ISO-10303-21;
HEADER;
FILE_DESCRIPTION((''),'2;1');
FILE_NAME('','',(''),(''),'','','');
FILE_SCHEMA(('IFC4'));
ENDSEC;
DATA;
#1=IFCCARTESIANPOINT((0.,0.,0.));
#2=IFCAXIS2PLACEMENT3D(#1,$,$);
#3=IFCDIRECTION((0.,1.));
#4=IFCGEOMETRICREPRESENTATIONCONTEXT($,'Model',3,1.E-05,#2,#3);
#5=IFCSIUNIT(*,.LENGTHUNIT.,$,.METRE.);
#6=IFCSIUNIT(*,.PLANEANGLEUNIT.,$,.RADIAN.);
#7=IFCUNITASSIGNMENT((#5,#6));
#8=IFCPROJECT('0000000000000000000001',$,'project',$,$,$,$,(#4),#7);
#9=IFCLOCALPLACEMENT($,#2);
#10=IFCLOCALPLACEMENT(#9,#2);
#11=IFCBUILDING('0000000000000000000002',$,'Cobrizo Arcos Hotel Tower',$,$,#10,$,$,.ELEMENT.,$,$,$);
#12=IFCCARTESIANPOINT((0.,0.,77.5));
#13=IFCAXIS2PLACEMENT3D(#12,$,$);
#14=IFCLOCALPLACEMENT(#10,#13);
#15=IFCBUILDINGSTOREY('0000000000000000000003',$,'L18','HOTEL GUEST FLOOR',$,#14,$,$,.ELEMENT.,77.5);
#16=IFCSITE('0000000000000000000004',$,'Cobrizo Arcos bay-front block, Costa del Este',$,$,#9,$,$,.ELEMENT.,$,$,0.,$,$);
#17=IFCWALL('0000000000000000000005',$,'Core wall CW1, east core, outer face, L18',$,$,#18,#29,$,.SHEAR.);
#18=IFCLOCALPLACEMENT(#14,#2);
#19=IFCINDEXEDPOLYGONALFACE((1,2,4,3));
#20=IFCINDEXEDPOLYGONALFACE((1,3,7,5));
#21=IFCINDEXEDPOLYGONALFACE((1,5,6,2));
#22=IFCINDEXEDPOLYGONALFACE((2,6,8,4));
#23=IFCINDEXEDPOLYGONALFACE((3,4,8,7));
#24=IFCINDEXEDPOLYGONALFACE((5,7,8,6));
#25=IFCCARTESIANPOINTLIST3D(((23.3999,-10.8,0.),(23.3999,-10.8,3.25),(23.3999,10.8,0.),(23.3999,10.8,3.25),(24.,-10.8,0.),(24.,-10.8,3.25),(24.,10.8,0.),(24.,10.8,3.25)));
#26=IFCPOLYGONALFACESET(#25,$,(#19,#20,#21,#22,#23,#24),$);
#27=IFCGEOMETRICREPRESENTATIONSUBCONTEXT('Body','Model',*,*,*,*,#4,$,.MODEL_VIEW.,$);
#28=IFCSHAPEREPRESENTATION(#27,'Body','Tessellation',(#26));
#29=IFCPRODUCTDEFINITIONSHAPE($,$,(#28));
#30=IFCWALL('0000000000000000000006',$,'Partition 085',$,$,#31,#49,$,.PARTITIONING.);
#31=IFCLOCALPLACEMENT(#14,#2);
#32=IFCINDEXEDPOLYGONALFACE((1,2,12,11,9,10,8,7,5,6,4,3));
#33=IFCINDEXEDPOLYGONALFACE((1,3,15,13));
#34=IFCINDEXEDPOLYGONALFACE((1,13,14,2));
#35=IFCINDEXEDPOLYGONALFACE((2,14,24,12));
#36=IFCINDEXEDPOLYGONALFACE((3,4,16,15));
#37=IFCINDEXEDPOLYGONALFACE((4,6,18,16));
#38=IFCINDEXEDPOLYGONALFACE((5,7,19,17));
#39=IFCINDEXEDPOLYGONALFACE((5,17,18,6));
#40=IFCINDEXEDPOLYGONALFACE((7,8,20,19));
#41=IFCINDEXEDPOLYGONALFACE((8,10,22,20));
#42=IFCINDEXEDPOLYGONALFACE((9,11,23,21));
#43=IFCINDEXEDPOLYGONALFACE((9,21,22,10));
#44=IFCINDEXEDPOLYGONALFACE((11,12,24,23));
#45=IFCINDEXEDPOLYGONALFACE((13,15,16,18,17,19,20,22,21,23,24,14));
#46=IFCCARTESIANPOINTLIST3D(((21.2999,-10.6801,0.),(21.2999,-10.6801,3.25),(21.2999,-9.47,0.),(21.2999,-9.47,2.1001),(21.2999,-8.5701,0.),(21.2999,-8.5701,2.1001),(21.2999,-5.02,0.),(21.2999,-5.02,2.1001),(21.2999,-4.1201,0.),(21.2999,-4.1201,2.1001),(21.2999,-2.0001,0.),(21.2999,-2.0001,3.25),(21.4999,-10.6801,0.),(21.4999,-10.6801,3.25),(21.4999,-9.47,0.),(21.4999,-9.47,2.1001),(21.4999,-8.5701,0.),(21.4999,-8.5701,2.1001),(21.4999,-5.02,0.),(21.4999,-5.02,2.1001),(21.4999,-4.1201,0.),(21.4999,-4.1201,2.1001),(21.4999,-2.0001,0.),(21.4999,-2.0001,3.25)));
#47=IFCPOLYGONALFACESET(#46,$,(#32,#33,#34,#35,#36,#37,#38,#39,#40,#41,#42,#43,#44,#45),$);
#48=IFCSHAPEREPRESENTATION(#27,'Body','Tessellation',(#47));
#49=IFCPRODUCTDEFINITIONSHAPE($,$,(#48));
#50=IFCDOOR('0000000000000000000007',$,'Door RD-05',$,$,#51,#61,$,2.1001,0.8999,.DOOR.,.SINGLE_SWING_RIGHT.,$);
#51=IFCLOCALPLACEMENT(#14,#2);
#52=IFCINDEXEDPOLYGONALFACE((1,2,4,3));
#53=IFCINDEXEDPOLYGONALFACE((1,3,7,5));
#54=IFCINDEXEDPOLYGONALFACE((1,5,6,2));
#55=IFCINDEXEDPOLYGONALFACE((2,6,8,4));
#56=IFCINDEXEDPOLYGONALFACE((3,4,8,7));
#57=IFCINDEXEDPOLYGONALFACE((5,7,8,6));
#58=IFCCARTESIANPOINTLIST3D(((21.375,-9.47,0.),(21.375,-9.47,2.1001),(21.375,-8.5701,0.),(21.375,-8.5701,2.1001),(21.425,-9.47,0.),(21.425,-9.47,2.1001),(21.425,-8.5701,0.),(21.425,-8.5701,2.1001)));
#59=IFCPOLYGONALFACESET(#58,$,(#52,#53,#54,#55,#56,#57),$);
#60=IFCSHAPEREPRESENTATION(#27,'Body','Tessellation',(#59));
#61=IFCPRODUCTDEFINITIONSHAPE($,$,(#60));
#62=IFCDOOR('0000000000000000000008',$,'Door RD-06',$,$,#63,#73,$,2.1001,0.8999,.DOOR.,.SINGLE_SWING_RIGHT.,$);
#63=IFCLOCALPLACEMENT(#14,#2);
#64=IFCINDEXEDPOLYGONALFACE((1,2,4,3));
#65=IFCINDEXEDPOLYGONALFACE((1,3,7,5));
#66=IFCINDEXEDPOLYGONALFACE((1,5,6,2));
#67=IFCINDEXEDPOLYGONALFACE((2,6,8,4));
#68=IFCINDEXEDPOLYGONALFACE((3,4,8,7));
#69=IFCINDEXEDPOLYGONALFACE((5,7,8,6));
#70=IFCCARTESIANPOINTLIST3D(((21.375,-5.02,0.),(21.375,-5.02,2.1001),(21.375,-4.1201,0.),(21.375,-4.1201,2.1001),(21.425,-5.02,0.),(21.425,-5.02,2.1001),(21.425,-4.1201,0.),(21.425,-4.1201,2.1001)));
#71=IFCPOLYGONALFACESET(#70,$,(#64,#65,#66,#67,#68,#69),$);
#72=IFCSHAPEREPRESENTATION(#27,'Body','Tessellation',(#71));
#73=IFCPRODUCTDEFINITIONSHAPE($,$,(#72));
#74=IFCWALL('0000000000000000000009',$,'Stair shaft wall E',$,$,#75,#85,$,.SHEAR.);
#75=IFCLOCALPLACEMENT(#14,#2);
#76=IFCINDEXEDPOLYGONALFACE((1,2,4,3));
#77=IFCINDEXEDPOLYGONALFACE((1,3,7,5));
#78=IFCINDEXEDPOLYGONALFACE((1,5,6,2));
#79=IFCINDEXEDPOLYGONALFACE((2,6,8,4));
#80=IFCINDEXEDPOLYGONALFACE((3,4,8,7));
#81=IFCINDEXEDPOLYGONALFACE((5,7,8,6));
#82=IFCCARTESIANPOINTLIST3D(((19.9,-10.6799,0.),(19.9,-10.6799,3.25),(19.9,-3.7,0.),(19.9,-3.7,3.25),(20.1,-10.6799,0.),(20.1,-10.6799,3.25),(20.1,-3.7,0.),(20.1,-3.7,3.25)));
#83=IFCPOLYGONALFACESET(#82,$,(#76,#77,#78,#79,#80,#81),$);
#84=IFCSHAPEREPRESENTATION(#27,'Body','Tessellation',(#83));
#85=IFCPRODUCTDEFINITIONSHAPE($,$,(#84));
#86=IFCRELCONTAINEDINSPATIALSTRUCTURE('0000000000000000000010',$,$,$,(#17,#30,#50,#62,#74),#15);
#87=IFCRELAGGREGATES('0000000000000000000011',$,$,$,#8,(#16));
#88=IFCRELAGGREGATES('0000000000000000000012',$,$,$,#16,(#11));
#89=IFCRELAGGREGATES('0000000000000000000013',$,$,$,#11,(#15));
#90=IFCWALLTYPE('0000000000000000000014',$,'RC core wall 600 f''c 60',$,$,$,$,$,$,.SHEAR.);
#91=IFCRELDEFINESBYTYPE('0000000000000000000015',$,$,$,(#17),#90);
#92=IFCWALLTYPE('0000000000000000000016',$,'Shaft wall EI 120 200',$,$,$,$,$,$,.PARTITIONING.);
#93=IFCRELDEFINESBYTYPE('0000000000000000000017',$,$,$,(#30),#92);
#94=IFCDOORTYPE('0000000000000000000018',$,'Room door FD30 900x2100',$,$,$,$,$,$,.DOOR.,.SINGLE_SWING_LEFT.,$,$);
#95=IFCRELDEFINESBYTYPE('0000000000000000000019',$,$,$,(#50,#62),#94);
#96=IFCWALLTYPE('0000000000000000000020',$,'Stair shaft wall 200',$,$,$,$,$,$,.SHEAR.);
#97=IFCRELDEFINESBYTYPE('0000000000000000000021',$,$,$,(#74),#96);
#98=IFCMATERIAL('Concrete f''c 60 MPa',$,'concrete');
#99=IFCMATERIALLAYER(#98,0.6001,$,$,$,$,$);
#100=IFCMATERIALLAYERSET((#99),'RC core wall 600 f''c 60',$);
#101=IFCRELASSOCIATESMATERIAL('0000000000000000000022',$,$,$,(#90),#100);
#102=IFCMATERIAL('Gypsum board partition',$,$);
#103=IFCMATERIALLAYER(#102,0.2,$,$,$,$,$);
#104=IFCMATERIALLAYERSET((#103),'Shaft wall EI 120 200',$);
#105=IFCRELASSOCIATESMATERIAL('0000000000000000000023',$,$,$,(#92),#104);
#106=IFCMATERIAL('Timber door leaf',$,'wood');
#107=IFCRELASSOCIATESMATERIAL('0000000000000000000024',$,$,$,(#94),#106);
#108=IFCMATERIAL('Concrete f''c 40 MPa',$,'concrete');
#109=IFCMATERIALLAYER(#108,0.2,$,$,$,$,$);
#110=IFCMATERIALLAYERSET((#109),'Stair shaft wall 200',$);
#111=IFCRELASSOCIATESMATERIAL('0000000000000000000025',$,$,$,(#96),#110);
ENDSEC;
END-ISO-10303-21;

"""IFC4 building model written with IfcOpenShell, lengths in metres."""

from ifc_helpers import new_model, si_unit, direction, frame, frame_2d, origin, place, context, subcontext, project, spatial, rectangle, extrude, material, layer, layer_set, type_object, element, fill, save


model = new_model("IFC4")

# Units and contexts
model_context = context("Model", 3, precision=1e-05, world=origin(), true_north=direction((0.0, 1.0)))
body_context = subcontext(model_context, "Body", "Model", "MODEL_VIEW")
ifc_project = project(units=[si_unit("LENGTHUNIT", "METRE"), si_unit("PLANEANGLEUNIT", "RADIAN")], contexts=[model_context])

# Site, building, storey
site_placement = place(None, origin())
site = spatial("IfcSite", under=ifc_project, at=site_placement, Name="Cobrizo Arcos bay-front block, Costa del Este", CompositionType="ELEMENT", RefElevation=0.0)
building_placement = place(site_placement, origin())
building = spatial("IfcBuilding", under=site, at=building_placement, Name="Cobrizo Arcos Hotel Tower", CompositionType="ELEMENT")
storey_placement = place(building_placement, frame((0.0, 0.0, 77.5)))
storey = spatial("IfcBuildingStorey", under=building, at=storey_placement, Name="L18", Description="HOTEL GUEST FLOOR", CompositionType="ELEMENT", Elevation=77.5)

# Wall
ifc_material_1 = material(Name="Concrete f'c 60 MPa", Category="concrete")
ifc_layer_1 = layer(ifc_material_1, 0.6001)
ifc_layer_set_1 = layer_set([ifc_layer_1], Name="RC core wall 600 f'c 60")
wall_type_1 = type_object("IfcWallType", Name="RC core wall 600 f'c 60", PredefinedType="SHEAR", material=ifc_layer_set_1)
wall_1_placement = place(storey_placement, frame((23.7, -10.8, 0.0), z_axis=(0.0, 0.0, 1.0), x_axis=(0.0, 1.0, 0.0)))
element("IfcWall", 1, at=wall_1_placement, inside=storey, type_object=wall_type_1, Name="Core wall CW1, east core, outer face, L18", PredefinedType="SHEAR", context=body_context, shape_type="SweptSolid", body=[
    extrude(rectangle(XDim=21.6001, YDim=0.6001, at=frame_2d((10.8, 0.0))), origin(), (0.0, 0.0, 1.0), 3.25),
])

# Wall, openings, doors
ifc_material_2 = material(Name="Gypsum board partition")
ifc_layer_2 = layer(ifc_material_2, 0.2)
ifc_layer_set_2 = layer_set([ifc_layer_2], Name="Shaft wall EI 120 200")
wall_type_2 = type_object("IfcWallType", Name="Shaft wall EI 120 200", PredefinedType="PARTITIONING", material=ifc_layer_set_2)
wall_2_placement = place(storey_placement, frame((21.3999, -10.6799, 0.0), z_axis=(0.0, 0.0, 1.0), x_axis=(0.0, 1.0, 0.0)))
wall_2 = element("IfcWall", 2, at=wall_2_placement, inside=storey, type_object=wall_type_2, Name="Partition 085", PredefinedType="PARTITIONING", context=body_context, shape_type="SweptSolid", body=[
    extrude(rectangle(XDim=8.6799, YDim=0.2, at=frame_2d((4.3398, 0.0))), origin(), (0.0, 0.0, 1.0), 3.25),
])
opening_1_placement = place(wall_2_placement, frame((1.21, 0.0, 0.0)))
opening_1 = element("IfcOpeningElement", 3, at=opening_1_placement, cuts=wall_2, PredefinedType="OPENING", context=body_context, shape_type="SweptSolid", body=[
    extrude(rectangle(XDim=0.8999, YDim=2.1001, at=frame_2d((0.45, 1.05))), frame((0.0, 0.1121, 0.0), z_axis=(0.0, -1.0, 0.0), x_axis=(1.0, 0.0, 0.0)), (0.0, 0.0, 1.0), 0.2239),
])
opening_2_placement = place(wall_2_placement, frame((5.6599, 0.0, 0.0)))
opening_2 = element("IfcOpeningElement", 4, at=opening_2_placement, cuts=wall_2, PredefinedType="OPENING", context=body_context, shape_type="SweptSolid", body=[
    extrude(rectangle(XDim=0.8999, YDim=2.1001, at=frame_2d((0.45, 1.05))), frame((0.0, 0.1121, 0.0), z_axis=(0.0, -1.0, 0.0), x_axis=(1.0, 0.0, 0.0)), (0.0, 0.0, 1.0), 0.2239),
])
ifc_material_3 = material(Name="Timber door leaf", Category="wood")
door_type = type_object("IfcDoorType", Name="Room door FD30 900x2100", OperationType="SINGLE_SWING_LEFT", PredefinedType="DOOR", material=ifc_material_3)
door_1_placement = place(opening_1_placement, origin())
door_1 = element("IfcDoor", 5, at=door_1_placement, inside=storey, type_object=door_type, Name="Door RD-05", OperationType="SINGLE_SWING_RIGHT", OverallHeight=2.1001, OverallWidth=0.8999, PredefinedType="DOOR", context=body_context, shape_type="SweptSolid", body=[
    extrude(rectangle(XDim=0.8999, YDim=2.1001, at=frame_2d((0.45, 1.05))), frame((0.0, 0.0249, 0.0), z_axis=(0.0, -1.0, 0.0), x_axis=(1.0, 0.0, 0.0)), (0.0, 0.0, 1.0), 0.05),
])
fill(opening_1, door_1)
door_2_placement = place(opening_2_placement, origin())
door_2 = element("IfcDoor", 6, at=door_2_placement, inside=storey, type_object=door_type, Name="Door RD-06", OperationType="SINGLE_SWING_RIGHT", OverallHeight=2.1001, OverallWidth=0.8999, PredefinedType="DOOR", context=body_context, shape_type="SweptSolid", body=[
    extrude(rectangle(XDim=0.8999, YDim=2.1001, at=frame_2d((0.45, 1.05))), frame((0.0, 0.0249, 0.0), z_axis=(0.0, -1.0, 0.0), x_axis=(1.0, 0.0, 0.0)), (0.0, 0.0, 1.0), 0.05),
])
fill(opening_2, door_2)

# Wall
ifc_material_4 = material(Name="Concrete f'c 40 MPa", Category="concrete")
ifc_layer_3 = layer(ifc_material_4, 0.2)
ifc_layer_set_3 = layer_set([ifc_layer_3], Name="Stair shaft wall 200")
wall_type_3 = type_object("IfcWallType", Name="Stair shaft wall 200", PredefinedType="SHEAR", material=ifc_layer_set_3)
wall_3_placement = place(storey_placement, frame((20.0, -10.6799, 0.0), z_axis=(0.0, 0.0, 1.0), x_axis=(0.0, 1.0, 0.0)))
element("IfcWall", 7, at=wall_3_placement, inside=storey, type_object=wall_type_3, Name="Stair shaft wall E", PredefinedType="SHEAR", context=body_context, shape_type="SweptSolid", body=[
    extrude(rectangle(XDim=6.98, YDim=0.2, at=frame_2d((3.49, 0.0))), origin(), (0.0, 0.0, 1.0), 3.25),
])

save(model, "model.ifc")
